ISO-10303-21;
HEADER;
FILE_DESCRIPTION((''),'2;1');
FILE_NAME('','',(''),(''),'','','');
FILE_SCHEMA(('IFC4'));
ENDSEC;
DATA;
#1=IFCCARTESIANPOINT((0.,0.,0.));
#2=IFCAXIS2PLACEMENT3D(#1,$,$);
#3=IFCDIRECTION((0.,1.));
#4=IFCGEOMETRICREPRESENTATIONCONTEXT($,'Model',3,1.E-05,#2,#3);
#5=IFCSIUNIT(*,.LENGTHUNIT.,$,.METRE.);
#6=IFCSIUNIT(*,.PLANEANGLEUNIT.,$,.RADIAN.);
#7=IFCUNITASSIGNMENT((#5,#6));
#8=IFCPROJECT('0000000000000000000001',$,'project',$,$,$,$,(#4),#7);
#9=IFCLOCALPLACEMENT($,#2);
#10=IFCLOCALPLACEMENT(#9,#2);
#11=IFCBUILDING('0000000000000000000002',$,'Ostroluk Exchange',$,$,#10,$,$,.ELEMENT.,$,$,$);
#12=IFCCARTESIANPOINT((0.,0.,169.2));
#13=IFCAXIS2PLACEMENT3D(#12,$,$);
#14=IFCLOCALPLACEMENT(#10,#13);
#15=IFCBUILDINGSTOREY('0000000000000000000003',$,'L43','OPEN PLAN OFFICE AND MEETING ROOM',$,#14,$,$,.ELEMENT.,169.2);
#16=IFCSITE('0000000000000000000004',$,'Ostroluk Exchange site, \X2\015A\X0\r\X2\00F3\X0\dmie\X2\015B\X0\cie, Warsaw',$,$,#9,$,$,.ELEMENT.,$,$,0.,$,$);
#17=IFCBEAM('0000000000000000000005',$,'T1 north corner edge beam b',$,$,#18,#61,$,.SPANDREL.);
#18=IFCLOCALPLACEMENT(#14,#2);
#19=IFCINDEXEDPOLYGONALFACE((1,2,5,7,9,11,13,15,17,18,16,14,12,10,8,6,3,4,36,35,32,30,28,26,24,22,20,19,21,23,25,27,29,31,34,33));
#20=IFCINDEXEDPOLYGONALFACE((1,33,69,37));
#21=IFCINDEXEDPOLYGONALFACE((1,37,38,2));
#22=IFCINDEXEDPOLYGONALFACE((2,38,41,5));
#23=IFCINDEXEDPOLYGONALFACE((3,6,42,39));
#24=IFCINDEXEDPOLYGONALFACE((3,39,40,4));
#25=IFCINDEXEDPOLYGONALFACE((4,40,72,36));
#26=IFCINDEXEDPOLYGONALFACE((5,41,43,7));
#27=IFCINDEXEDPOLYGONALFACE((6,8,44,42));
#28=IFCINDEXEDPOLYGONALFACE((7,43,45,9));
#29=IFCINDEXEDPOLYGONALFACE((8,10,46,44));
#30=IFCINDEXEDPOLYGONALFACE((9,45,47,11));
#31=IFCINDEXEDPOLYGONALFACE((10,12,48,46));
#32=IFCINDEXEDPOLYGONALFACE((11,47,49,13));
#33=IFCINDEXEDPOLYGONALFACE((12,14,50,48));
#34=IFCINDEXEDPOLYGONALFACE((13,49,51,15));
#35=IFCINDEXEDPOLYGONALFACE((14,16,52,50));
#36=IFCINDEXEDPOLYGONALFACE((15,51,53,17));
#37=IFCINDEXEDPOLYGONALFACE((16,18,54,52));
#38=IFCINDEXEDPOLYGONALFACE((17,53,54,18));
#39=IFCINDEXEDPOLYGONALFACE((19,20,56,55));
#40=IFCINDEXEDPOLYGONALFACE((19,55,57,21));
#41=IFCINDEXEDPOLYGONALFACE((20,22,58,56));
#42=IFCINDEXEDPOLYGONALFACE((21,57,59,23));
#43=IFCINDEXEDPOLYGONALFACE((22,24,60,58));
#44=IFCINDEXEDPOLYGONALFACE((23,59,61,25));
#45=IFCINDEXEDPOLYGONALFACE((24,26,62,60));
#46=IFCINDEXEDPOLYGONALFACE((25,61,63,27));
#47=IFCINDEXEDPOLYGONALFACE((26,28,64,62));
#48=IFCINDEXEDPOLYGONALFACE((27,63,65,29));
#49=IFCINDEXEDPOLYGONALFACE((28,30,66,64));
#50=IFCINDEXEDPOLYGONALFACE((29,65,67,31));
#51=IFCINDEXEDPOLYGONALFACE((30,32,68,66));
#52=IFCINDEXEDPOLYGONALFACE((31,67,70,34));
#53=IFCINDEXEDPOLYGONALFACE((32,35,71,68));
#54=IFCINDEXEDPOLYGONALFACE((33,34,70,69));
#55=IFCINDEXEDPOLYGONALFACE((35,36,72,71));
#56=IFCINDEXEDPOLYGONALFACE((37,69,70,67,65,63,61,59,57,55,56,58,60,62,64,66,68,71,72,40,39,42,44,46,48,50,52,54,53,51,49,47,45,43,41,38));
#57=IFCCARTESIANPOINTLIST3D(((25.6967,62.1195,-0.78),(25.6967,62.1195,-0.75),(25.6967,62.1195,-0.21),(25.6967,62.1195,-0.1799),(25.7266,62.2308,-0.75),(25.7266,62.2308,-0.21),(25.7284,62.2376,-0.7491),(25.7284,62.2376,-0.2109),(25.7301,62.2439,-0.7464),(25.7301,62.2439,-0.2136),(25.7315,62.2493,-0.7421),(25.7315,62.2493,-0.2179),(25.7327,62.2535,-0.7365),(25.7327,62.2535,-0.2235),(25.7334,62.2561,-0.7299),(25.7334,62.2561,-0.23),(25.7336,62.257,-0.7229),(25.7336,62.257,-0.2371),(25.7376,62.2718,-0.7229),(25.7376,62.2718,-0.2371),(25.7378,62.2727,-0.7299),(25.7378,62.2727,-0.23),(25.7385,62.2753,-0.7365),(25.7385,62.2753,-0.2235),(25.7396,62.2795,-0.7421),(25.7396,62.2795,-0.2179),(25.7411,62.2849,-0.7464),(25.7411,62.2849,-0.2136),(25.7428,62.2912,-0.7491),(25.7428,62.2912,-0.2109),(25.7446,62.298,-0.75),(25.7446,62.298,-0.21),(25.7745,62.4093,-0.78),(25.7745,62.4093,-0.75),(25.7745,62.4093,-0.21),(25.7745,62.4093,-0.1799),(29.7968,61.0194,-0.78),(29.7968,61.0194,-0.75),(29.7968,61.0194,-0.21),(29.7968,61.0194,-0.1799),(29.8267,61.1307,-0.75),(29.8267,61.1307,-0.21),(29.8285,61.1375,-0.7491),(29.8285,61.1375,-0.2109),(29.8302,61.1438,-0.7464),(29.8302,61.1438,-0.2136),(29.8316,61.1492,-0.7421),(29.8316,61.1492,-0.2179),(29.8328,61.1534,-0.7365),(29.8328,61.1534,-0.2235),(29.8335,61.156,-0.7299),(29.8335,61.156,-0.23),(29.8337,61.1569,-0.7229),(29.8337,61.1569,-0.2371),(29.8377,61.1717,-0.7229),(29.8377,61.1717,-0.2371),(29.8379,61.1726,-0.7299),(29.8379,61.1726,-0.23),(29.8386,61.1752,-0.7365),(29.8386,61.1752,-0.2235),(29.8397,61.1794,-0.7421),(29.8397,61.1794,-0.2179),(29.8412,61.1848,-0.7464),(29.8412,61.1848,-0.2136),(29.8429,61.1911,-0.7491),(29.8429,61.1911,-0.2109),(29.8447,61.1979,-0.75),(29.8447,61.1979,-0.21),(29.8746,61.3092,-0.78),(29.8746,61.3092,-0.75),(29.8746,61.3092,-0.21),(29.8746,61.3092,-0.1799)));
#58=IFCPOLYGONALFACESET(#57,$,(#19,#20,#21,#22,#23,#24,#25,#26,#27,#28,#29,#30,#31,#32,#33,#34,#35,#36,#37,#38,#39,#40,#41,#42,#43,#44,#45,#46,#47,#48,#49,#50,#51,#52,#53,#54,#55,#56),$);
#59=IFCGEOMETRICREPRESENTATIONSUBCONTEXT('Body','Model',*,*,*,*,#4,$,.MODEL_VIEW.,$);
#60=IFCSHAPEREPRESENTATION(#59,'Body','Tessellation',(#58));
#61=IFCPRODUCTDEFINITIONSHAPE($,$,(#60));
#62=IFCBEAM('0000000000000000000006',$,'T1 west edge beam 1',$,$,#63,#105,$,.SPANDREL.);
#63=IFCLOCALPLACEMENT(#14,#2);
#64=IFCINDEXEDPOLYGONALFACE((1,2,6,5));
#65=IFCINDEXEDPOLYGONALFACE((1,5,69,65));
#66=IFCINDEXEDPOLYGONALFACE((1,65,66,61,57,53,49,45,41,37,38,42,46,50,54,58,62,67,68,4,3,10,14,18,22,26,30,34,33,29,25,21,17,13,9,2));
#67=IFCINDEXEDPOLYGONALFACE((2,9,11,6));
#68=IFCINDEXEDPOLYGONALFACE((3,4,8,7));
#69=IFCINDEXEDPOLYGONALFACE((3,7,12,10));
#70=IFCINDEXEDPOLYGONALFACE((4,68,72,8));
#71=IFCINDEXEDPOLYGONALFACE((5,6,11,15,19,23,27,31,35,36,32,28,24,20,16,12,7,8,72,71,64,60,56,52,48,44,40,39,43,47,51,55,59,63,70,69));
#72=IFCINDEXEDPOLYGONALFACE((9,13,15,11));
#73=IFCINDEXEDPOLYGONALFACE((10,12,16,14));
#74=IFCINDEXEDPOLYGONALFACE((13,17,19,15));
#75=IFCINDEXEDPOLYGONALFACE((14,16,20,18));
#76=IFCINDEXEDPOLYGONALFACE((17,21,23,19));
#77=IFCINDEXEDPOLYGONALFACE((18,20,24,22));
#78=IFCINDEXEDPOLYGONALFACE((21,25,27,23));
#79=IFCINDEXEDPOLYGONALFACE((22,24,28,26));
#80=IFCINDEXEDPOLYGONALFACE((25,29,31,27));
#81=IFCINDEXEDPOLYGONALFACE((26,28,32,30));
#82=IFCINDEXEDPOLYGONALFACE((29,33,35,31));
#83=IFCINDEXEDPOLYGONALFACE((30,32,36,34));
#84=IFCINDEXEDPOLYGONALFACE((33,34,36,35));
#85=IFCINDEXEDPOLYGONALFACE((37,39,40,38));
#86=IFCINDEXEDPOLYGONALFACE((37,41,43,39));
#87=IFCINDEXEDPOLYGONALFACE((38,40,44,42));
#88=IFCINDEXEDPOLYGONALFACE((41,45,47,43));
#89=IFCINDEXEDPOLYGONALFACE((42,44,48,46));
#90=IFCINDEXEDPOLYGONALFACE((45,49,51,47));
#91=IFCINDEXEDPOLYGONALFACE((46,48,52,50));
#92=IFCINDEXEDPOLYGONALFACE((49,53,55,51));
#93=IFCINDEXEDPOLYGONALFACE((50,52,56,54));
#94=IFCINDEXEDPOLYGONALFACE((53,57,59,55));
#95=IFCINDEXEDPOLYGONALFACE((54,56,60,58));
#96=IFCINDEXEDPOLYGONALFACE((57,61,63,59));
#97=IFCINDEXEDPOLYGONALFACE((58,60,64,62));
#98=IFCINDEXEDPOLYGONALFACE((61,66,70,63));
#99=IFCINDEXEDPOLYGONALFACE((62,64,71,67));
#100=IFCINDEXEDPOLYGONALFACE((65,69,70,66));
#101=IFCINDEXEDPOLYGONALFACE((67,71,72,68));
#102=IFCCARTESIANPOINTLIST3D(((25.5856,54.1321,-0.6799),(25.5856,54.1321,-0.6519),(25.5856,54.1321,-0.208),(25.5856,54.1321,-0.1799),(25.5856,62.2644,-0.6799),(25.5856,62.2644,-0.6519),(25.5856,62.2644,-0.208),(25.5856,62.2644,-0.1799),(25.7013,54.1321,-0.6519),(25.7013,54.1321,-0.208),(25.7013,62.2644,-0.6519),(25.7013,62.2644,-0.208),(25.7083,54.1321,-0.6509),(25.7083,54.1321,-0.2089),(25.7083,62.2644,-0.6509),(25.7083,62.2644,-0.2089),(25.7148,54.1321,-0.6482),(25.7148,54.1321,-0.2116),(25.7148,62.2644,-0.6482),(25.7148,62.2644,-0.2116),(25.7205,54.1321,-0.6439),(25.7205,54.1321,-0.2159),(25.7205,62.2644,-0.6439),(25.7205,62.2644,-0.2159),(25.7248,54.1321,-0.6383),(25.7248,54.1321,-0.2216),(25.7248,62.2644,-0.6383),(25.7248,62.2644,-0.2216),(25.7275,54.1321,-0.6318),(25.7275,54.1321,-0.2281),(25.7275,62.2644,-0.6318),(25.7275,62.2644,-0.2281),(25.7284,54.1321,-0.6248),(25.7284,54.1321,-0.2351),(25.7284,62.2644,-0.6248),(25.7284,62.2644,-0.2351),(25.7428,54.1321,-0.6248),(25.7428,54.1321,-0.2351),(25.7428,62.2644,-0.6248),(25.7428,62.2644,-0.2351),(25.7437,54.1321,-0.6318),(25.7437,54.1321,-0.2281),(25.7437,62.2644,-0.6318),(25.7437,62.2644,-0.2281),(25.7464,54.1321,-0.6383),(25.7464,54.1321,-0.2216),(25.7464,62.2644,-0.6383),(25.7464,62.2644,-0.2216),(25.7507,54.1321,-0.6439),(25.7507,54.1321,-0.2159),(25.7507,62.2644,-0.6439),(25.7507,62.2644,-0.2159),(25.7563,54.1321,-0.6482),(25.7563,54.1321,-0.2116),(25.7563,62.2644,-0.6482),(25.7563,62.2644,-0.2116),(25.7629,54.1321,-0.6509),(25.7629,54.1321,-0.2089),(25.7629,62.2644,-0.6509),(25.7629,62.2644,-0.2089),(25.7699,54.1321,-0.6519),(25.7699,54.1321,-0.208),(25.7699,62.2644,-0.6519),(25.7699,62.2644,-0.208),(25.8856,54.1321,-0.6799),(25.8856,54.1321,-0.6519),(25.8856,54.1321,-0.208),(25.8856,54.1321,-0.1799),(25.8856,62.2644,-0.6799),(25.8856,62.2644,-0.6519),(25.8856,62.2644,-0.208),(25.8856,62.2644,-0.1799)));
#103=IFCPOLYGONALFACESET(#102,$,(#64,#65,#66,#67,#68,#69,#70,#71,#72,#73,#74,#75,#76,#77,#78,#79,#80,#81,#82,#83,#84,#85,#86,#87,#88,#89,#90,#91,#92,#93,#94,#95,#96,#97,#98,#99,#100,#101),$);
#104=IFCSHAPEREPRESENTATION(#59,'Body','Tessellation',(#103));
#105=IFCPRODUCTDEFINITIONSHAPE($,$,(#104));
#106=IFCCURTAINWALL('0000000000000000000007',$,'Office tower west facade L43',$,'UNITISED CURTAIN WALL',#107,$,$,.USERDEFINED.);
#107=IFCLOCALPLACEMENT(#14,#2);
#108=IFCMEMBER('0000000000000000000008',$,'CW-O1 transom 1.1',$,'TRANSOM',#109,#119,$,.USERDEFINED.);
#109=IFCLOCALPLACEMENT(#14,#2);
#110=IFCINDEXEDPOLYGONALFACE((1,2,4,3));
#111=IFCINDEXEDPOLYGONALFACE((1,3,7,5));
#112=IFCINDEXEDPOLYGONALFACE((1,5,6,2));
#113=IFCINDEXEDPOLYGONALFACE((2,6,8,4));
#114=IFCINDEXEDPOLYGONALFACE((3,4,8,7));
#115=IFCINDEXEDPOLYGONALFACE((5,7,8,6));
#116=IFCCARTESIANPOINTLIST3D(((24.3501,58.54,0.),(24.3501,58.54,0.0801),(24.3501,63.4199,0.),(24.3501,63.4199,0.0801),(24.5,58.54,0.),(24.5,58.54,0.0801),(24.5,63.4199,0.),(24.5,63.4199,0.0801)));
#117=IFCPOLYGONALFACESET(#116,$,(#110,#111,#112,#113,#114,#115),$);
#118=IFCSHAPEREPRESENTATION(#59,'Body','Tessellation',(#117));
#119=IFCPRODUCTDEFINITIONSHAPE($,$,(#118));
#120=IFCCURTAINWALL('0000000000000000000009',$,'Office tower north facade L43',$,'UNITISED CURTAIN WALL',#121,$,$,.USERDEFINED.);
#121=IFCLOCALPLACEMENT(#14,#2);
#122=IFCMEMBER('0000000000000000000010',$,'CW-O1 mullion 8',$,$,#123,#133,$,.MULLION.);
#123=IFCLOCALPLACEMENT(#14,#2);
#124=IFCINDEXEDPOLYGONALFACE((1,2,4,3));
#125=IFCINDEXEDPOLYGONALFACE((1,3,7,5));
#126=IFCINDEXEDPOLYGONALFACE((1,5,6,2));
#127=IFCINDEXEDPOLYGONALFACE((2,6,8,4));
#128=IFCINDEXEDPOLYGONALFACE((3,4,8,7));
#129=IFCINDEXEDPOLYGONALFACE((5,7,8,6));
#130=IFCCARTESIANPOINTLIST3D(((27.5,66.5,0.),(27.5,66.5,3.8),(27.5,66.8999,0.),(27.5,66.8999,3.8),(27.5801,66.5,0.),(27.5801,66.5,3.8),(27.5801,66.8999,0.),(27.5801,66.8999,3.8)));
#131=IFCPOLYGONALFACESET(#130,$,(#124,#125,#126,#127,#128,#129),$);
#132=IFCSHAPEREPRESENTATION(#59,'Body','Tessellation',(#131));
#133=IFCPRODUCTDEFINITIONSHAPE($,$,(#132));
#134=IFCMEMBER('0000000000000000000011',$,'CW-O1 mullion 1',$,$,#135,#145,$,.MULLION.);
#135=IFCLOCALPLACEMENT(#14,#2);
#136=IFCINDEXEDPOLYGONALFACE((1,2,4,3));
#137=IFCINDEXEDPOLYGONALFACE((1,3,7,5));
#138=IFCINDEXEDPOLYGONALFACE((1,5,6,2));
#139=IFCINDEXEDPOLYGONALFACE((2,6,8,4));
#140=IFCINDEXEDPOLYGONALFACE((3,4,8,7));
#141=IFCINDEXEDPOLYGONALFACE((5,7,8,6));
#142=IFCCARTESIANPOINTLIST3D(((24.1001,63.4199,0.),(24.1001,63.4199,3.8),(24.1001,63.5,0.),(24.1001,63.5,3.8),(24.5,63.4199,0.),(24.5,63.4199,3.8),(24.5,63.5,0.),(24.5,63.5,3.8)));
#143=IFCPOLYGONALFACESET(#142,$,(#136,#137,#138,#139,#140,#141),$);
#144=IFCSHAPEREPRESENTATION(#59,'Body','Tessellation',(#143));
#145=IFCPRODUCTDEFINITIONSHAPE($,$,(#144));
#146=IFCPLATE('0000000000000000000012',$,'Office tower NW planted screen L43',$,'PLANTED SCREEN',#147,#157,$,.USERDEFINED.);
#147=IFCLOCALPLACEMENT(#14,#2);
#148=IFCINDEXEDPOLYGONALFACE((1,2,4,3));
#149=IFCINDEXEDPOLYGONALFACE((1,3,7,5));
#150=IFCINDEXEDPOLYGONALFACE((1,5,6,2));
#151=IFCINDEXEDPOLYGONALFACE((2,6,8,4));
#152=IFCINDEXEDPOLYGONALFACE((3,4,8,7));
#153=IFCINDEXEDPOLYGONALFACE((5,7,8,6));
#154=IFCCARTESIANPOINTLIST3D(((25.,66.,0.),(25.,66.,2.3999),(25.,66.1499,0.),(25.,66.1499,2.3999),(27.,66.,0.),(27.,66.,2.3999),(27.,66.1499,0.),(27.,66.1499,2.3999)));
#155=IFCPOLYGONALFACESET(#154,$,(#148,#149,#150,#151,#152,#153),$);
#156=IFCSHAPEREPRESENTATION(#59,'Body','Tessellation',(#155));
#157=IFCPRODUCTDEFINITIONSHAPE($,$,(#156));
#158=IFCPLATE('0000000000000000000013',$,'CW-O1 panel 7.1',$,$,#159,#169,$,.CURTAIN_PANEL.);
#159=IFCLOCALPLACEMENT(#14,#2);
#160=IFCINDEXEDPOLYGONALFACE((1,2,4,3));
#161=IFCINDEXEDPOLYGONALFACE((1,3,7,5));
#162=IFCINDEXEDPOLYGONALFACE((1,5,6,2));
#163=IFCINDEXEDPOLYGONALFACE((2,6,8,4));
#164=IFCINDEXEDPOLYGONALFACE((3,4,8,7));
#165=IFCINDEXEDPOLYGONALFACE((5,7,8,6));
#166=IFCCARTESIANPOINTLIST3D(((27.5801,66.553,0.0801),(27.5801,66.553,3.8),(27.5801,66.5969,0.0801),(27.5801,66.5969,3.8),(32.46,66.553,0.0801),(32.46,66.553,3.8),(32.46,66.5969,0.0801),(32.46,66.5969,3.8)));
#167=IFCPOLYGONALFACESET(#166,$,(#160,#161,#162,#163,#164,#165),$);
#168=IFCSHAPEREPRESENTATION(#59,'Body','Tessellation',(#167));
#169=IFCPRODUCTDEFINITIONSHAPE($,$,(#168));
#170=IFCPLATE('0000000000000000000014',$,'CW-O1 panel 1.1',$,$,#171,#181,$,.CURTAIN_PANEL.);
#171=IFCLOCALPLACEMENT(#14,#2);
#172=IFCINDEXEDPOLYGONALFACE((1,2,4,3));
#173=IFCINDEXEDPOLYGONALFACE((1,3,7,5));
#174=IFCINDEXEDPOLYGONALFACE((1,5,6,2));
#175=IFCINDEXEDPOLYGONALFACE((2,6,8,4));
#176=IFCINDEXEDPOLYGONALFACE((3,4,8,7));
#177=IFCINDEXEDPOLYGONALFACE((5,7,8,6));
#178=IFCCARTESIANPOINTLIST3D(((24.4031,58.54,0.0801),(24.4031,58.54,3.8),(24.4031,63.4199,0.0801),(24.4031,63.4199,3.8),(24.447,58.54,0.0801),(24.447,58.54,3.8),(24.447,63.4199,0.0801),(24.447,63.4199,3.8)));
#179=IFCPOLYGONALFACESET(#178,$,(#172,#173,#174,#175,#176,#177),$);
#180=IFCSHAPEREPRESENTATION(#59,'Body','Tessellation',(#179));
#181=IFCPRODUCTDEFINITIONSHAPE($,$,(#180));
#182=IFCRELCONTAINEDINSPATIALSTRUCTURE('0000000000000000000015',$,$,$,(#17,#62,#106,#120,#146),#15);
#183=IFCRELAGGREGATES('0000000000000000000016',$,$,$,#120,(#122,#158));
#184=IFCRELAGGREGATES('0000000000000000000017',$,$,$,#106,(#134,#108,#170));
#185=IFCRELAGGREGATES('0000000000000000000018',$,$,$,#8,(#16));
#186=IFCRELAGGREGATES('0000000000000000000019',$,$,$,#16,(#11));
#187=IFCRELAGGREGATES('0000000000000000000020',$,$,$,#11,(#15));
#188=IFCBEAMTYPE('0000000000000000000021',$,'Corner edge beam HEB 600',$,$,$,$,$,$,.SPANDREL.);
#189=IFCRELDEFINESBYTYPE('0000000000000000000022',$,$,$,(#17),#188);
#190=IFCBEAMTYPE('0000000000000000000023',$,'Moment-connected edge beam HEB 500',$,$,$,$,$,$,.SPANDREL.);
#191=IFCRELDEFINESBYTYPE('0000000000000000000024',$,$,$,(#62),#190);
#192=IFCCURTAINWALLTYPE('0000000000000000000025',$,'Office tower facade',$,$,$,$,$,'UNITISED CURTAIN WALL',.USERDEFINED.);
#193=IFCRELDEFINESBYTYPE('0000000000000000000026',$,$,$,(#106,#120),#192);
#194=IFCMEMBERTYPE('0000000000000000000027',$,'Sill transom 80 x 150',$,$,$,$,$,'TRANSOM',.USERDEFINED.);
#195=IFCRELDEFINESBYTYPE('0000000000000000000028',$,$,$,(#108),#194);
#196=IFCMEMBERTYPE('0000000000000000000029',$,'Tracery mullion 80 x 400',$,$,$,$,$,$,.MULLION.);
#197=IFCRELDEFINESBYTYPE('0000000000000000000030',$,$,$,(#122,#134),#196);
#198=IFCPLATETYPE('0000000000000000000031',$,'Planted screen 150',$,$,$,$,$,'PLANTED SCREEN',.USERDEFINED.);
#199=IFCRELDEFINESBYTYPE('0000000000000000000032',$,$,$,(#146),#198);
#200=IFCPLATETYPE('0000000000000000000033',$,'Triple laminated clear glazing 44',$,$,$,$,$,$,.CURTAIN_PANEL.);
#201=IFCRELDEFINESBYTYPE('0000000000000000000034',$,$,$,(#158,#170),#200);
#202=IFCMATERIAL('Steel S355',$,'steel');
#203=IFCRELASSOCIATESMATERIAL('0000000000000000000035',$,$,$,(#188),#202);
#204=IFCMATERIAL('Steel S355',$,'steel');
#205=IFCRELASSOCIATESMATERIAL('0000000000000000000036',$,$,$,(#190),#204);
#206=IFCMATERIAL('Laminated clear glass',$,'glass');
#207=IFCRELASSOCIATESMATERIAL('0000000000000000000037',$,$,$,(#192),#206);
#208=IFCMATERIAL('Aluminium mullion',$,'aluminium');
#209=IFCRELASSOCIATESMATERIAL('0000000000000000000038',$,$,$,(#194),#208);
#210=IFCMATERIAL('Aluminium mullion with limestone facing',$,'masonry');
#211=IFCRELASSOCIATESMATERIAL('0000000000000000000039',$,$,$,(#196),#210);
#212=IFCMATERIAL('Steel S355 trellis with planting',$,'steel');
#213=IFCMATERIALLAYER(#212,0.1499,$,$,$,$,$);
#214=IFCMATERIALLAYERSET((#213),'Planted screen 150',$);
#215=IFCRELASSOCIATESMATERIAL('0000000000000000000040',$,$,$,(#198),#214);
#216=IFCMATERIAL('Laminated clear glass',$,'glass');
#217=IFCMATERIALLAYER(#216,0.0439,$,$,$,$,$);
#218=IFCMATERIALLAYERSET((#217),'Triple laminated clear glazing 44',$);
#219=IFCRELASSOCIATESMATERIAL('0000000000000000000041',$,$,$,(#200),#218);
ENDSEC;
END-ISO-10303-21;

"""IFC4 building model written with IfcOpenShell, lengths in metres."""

from ifc_helpers import new_model, si_unit, direction, frame, origin, origin_2d, place, context, subcontext, project, spatial, rectangle, i_section, extrude, material, layer, layer_set, material_profile, profile_set, type_object, element, aggregate, save


model = new_model("IFC4")

# Units and contexts
model_context = context("Model", 3, precision=1e-05, world=origin(), true_north=direction((0.0, 1.0)))
body_context = subcontext(model_context, "Body", "Model", "MODEL_VIEW")
ifc_project = project(units=[si_unit("LENGTHUNIT", "METRE"), si_unit("PLANEANGLEUNIT", "RADIAN")], contexts=[model_context])

# Site, building, storey
site_placement = place(None, origin())
site = spatial("IfcSite", under=ifc_project, at=site_placement, Name="Ostroluk Exchange site, Śródmieście, Warsaw", CompositionType="ELEMENT", RefElevation=0.0)
building_placement = place(site_placement, origin())
building = spatial("IfcBuilding", under=site, at=building_placement, Name="Ostroluk Exchange", CompositionType="ELEMENT")
storey_placement = place(building_placement, frame((0.0, 0.0, 169.2)))
storey = spatial("IfcBuildingStorey", under=building, at=storey_placement, Name="L43", Description="OPEN PLAN OFFICE AND MEETING ROOM", CompositionType="ELEMENT", Elevation=169.2)

# Beams
ifc_material_1 = material(Name="Steel S355", Category="steel")
ifc_material_profile_1 = material_profile(ifc_material_1, i_section(OverallWidth=0.3, OverallDepth=0.6001, WebThickness=0.0154, FlangeThickness=0.03, FilletRadius=0.0271, at=origin_2d()), Name="HEB 600")
ifc_profile_set_1 = profile_set([ifc_material_profile_1], Name="Steel S355")
beam_type_1 = type_object("IfcBeamType", Name="Corner edge beam HEB 600", PredefinedType="SPANDREL", material=ifc_profile_set_1)
for number, where, z_axis, x_axis, name in (
    (1, (29.8357, 61.1643, -0.48), (-0.965839, 0.259144, 0.0), (-0.259144, -0.965839, 0.0), "T1 north corner edge beam b"),
):
    element("IfcBeam", number, at=place(storey_placement, frame(where, z_axis=z_axis, x_axis=x_axis)), inside=storey, type_object=beam_type_1, Name=name, PredefinedType="SPANDREL", context=body_context, shape_type="SweptSolid", body=[
        extrude(i_section(OverallWidth=0.3, OverallDepth=0.6001, WebThickness=0.0154, FlangeThickness=0.03, FilletRadius=0.0271, at=origin_2d()), origin(), (0.0, 0.0, 1.0), 4.2451),
    ])
ifc_material_2 = material(Name="Steel S355", Category="steel")
ifc_material_profile_2 = material_profile(ifc_material_2, i_section(OverallWidth=0.3, OverallDepth=0.5, WebThickness=0.0144, FlangeThickness=0.0281, FilletRadius=0.0271, at=origin_2d()), Name="HEB 500")
ifc_profile_set_2 = profile_set([ifc_material_profile_2], Name="Steel S355")
beam_type_2 = type_object("IfcBeamType", Name="Moment-connected edge beam HEB 500", PredefinedType="SPANDREL", material=ifc_profile_set_2)
beam_1_placement = place(storey_placement, frame((25.7356, 62.2644, -0.4299), z_axis=(0.0, -1.0, 0.0), x_axis=(1.0, 0.0, 0.0)))
element("IfcBeam", 2, at=beam_1_placement, inside=storey, type_object=beam_type_2, Name="T1 west edge beam 1", PredefinedType="SPANDREL", context=body_context, shape_type="SweptSolid", body=[
    extrude(i_section(OverallWidth=0.3, OverallDepth=0.5, WebThickness=0.0144, FlangeThickness=0.0281, FilletRadius=0.0271, at=origin_2d()), origin(), (0.0, 0.0, 1.0), 8.1323),
])

# Curtain walls, members
ifc_material_3 = material(Name="Laminated clear glass", Category="glass")
curtain_wall_type = type_object("IfcCurtainWallType", Name="Office tower facade", ElementType="UNITISED CURTAIN WALL", PredefinedType="USERDEFINED", material=ifc_material_3)
curtain_wall_1_placement = place(storey_placement, origin())
curtain_wall_1 = element("IfcCurtainWall", 3, at=curtain_wall_1_placement, inside=storey, type_object=curtain_wall_type, Name="Office tower west facade L43", ObjectType="UNITISED CURTAIN WALL", PredefinedType="USERDEFINED")
ifc_material_4 = material(Name="Aluminium mullion", Category="aluminium")
ifc_material_profile_3 = material_profile(ifc_material_4, rectangle(XDim=0.1499, YDim=0.0801, at=origin_2d()), Name="Sill transom 80 x 150")
ifc_profile_set_3 = profile_set([ifc_material_profile_3], Name="Aluminium mullion")
member_type_1 = type_object("IfcMemberType", Name="Sill transom 80 x 150", ElementType="TRANSOM", PredefinedType="USERDEFINED", material=ifc_profile_set_3)
member_1_placement = place(storey_placement, frame((24.425, 63.4199, 0.04), z_axis=(0.0, -1.0, 0.0), x_axis=(1.0, 0.0, 0.0)))
member_1 = element("IfcMember", 4, at=member_1_placement, type_object=member_type_1, Name="CW-O1 transom 1.1", ObjectType="TRANSOM", PredefinedType="USERDEFINED", context=body_context, shape_type="SweptSolid", body=[
    extrude(rectangle(XDim=0.1499, YDim=0.0801, at=origin_2d()), origin(), (0.0, 0.0, 1.0), 4.8799),
])
curtain_wall_2_placement = place(storey_placement, origin())
curtain_wall_2 = element("IfcCurtainWall", 5, at=curtain_wall_2_placement, inside=storey, type_object=curtain_wall_type, Name="Office tower north facade L43", ObjectType="UNITISED CURTAIN WALL", PredefinedType="USERDEFINED")
ifc_material_5 = material(Name="Aluminium mullion with limestone facing", Category="masonry")
ifc_material_profile_4 = material_profile(ifc_material_5, rectangle(XDim=0.3999, YDim=0.0801, at=origin_2d()), Name="Tracery mullion 80 x 400")
ifc_profile_set_4 = profile_set([ifc_material_profile_4], Name="Aluminium mullion with limestone facing")
member_type_2 = type_object("IfcMemberType", Name="Tracery mullion 80 x 400", PredefinedType="MULLION", material=ifc_profile_set_4)
member_2_placement = place(storey_placement, frame((27.54, 66.7, 0.0), z_axis=(0.0, 0.0, 1.0), x_axis=(0.0, -1.0, 0.0)))
member_2 = element("IfcMember", 6, at=member_2_placement, type_object=member_type_2, Name="CW-O1 mullion 8", PredefinedType="MULLION", context=body_context, shape_type="SweptSolid", body=[
    extrude(rectangle(XDim=0.3999, YDim=0.0801, at=origin_2d()), origin(), (0.0, 0.0, 1.0), 3.8),
])

# Member
member_3_placement = place(storey_placement, frame((24.3, 63.46, 0.0), z_axis=(0.0, 0.0, 1.0), x_axis=(1.0, 0.0, 0.0)))
member_3 = element("IfcMember", 7, at=member_3_placement, type_object=member_type_2, Name="CW-O1 mullion 1", PredefinedType="MULLION", context=body_context, shape_type="SweptSolid", body=[
    extrude(rectangle(XDim=0.3999, YDim=0.0801, at=origin_2d()), origin(), (0.0, 0.0, 1.0), 3.8),
])

# Plates
ifc_material_6 = material(Name="Steel S355 trellis with planting", Category="steel")
ifc_layer_1 = layer(ifc_material_6, 0.1499)
ifc_layer_set_1 = layer_set([ifc_layer_1], Name="Planted screen 150")
plate_type_1 = type_object("IfcPlateType", Name="Planted screen 150", ElementType="PLANTED SCREEN", PredefinedType="USERDEFINED", material=ifc_layer_set_1)
plate_1_placement = place(storey_placement, frame((26.0, 66.075, 0.0), z_axis=(0.0, 0.0, 1.0), x_axis=(1.0, 0.0, 0.0)))
element("IfcPlate", 8, at=plate_1_placement, inside=storey, type_object=plate_type_1, Name="Office tower NW planted screen L43", ObjectType="PLANTED SCREEN", PredefinedType="USERDEFINED", context=body_context, shape_type="SweptSolid", body=[
    extrude(rectangle(XDim=2.0, YDim=0.1499, at=origin_2d()), origin(), (0.0, 0.0, 1.0), 2.3999),
])
ifc_material_7 = material(Name="Laminated clear glass", Category="glass")
ifc_layer_2 = layer(ifc_material_7, 0.0439)
ifc_layer_set_2 = layer_set([ifc_layer_2], Name="Triple laminated clear glazing 44")
plate_type_2 = type_object("IfcPlateType", Name="Triple laminated clear glazing 44", PredefinedType="CURTAIN_PANEL", material=ifc_layer_set_2)
plate_2_placement = place(storey_placement, frame((30.02, 66.575, 0.0801), z_axis=(0.0, 0.0, 1.0), x_axis=(-1.0, 0.0, 0.0)))
plate_2 = element("IfcPlate", 9, at=plate_2_placement, type_object=plate_type_2, Name="CW-O1 panel 7.1", PredefinedType="CURTAIN_PANEL", context=body_context, shape_type="SweptSolid", body=[
    extrude(rectangle(XDim=4.8799, YDim=0.0439, at=origin_2d()), origin(), (0.0, 0.0, 1.0), 3.72),
])
aggregate(curtain_wall_2, [member_2, plate_2])
plate_3_placement = place(storey_placement, frame((24.425, 60.98, 0.0801), z_axis=(0.0, 0.0, 1.0), x_axis=(0.0, -1.0, 0.0)))
plate_3 = element("IfcPlate", 10, at=plate_3_placement, type_object=plate_type_2, Name="CW-O1 panel 1.1", PredefinedType="CURTAIN_PANEL", context=body_context, shape_type="SweptSolid", body=[
    extrude(rectangle(XDim=4.8799, YDim=0.0439, at=origin_2d()), origin(), (0.0, 0.0, 1.0), 3.72),
])
aggregate(curtain_wall_1, [member_3, member_1, plate_3])

save(model, "model.ifc")
